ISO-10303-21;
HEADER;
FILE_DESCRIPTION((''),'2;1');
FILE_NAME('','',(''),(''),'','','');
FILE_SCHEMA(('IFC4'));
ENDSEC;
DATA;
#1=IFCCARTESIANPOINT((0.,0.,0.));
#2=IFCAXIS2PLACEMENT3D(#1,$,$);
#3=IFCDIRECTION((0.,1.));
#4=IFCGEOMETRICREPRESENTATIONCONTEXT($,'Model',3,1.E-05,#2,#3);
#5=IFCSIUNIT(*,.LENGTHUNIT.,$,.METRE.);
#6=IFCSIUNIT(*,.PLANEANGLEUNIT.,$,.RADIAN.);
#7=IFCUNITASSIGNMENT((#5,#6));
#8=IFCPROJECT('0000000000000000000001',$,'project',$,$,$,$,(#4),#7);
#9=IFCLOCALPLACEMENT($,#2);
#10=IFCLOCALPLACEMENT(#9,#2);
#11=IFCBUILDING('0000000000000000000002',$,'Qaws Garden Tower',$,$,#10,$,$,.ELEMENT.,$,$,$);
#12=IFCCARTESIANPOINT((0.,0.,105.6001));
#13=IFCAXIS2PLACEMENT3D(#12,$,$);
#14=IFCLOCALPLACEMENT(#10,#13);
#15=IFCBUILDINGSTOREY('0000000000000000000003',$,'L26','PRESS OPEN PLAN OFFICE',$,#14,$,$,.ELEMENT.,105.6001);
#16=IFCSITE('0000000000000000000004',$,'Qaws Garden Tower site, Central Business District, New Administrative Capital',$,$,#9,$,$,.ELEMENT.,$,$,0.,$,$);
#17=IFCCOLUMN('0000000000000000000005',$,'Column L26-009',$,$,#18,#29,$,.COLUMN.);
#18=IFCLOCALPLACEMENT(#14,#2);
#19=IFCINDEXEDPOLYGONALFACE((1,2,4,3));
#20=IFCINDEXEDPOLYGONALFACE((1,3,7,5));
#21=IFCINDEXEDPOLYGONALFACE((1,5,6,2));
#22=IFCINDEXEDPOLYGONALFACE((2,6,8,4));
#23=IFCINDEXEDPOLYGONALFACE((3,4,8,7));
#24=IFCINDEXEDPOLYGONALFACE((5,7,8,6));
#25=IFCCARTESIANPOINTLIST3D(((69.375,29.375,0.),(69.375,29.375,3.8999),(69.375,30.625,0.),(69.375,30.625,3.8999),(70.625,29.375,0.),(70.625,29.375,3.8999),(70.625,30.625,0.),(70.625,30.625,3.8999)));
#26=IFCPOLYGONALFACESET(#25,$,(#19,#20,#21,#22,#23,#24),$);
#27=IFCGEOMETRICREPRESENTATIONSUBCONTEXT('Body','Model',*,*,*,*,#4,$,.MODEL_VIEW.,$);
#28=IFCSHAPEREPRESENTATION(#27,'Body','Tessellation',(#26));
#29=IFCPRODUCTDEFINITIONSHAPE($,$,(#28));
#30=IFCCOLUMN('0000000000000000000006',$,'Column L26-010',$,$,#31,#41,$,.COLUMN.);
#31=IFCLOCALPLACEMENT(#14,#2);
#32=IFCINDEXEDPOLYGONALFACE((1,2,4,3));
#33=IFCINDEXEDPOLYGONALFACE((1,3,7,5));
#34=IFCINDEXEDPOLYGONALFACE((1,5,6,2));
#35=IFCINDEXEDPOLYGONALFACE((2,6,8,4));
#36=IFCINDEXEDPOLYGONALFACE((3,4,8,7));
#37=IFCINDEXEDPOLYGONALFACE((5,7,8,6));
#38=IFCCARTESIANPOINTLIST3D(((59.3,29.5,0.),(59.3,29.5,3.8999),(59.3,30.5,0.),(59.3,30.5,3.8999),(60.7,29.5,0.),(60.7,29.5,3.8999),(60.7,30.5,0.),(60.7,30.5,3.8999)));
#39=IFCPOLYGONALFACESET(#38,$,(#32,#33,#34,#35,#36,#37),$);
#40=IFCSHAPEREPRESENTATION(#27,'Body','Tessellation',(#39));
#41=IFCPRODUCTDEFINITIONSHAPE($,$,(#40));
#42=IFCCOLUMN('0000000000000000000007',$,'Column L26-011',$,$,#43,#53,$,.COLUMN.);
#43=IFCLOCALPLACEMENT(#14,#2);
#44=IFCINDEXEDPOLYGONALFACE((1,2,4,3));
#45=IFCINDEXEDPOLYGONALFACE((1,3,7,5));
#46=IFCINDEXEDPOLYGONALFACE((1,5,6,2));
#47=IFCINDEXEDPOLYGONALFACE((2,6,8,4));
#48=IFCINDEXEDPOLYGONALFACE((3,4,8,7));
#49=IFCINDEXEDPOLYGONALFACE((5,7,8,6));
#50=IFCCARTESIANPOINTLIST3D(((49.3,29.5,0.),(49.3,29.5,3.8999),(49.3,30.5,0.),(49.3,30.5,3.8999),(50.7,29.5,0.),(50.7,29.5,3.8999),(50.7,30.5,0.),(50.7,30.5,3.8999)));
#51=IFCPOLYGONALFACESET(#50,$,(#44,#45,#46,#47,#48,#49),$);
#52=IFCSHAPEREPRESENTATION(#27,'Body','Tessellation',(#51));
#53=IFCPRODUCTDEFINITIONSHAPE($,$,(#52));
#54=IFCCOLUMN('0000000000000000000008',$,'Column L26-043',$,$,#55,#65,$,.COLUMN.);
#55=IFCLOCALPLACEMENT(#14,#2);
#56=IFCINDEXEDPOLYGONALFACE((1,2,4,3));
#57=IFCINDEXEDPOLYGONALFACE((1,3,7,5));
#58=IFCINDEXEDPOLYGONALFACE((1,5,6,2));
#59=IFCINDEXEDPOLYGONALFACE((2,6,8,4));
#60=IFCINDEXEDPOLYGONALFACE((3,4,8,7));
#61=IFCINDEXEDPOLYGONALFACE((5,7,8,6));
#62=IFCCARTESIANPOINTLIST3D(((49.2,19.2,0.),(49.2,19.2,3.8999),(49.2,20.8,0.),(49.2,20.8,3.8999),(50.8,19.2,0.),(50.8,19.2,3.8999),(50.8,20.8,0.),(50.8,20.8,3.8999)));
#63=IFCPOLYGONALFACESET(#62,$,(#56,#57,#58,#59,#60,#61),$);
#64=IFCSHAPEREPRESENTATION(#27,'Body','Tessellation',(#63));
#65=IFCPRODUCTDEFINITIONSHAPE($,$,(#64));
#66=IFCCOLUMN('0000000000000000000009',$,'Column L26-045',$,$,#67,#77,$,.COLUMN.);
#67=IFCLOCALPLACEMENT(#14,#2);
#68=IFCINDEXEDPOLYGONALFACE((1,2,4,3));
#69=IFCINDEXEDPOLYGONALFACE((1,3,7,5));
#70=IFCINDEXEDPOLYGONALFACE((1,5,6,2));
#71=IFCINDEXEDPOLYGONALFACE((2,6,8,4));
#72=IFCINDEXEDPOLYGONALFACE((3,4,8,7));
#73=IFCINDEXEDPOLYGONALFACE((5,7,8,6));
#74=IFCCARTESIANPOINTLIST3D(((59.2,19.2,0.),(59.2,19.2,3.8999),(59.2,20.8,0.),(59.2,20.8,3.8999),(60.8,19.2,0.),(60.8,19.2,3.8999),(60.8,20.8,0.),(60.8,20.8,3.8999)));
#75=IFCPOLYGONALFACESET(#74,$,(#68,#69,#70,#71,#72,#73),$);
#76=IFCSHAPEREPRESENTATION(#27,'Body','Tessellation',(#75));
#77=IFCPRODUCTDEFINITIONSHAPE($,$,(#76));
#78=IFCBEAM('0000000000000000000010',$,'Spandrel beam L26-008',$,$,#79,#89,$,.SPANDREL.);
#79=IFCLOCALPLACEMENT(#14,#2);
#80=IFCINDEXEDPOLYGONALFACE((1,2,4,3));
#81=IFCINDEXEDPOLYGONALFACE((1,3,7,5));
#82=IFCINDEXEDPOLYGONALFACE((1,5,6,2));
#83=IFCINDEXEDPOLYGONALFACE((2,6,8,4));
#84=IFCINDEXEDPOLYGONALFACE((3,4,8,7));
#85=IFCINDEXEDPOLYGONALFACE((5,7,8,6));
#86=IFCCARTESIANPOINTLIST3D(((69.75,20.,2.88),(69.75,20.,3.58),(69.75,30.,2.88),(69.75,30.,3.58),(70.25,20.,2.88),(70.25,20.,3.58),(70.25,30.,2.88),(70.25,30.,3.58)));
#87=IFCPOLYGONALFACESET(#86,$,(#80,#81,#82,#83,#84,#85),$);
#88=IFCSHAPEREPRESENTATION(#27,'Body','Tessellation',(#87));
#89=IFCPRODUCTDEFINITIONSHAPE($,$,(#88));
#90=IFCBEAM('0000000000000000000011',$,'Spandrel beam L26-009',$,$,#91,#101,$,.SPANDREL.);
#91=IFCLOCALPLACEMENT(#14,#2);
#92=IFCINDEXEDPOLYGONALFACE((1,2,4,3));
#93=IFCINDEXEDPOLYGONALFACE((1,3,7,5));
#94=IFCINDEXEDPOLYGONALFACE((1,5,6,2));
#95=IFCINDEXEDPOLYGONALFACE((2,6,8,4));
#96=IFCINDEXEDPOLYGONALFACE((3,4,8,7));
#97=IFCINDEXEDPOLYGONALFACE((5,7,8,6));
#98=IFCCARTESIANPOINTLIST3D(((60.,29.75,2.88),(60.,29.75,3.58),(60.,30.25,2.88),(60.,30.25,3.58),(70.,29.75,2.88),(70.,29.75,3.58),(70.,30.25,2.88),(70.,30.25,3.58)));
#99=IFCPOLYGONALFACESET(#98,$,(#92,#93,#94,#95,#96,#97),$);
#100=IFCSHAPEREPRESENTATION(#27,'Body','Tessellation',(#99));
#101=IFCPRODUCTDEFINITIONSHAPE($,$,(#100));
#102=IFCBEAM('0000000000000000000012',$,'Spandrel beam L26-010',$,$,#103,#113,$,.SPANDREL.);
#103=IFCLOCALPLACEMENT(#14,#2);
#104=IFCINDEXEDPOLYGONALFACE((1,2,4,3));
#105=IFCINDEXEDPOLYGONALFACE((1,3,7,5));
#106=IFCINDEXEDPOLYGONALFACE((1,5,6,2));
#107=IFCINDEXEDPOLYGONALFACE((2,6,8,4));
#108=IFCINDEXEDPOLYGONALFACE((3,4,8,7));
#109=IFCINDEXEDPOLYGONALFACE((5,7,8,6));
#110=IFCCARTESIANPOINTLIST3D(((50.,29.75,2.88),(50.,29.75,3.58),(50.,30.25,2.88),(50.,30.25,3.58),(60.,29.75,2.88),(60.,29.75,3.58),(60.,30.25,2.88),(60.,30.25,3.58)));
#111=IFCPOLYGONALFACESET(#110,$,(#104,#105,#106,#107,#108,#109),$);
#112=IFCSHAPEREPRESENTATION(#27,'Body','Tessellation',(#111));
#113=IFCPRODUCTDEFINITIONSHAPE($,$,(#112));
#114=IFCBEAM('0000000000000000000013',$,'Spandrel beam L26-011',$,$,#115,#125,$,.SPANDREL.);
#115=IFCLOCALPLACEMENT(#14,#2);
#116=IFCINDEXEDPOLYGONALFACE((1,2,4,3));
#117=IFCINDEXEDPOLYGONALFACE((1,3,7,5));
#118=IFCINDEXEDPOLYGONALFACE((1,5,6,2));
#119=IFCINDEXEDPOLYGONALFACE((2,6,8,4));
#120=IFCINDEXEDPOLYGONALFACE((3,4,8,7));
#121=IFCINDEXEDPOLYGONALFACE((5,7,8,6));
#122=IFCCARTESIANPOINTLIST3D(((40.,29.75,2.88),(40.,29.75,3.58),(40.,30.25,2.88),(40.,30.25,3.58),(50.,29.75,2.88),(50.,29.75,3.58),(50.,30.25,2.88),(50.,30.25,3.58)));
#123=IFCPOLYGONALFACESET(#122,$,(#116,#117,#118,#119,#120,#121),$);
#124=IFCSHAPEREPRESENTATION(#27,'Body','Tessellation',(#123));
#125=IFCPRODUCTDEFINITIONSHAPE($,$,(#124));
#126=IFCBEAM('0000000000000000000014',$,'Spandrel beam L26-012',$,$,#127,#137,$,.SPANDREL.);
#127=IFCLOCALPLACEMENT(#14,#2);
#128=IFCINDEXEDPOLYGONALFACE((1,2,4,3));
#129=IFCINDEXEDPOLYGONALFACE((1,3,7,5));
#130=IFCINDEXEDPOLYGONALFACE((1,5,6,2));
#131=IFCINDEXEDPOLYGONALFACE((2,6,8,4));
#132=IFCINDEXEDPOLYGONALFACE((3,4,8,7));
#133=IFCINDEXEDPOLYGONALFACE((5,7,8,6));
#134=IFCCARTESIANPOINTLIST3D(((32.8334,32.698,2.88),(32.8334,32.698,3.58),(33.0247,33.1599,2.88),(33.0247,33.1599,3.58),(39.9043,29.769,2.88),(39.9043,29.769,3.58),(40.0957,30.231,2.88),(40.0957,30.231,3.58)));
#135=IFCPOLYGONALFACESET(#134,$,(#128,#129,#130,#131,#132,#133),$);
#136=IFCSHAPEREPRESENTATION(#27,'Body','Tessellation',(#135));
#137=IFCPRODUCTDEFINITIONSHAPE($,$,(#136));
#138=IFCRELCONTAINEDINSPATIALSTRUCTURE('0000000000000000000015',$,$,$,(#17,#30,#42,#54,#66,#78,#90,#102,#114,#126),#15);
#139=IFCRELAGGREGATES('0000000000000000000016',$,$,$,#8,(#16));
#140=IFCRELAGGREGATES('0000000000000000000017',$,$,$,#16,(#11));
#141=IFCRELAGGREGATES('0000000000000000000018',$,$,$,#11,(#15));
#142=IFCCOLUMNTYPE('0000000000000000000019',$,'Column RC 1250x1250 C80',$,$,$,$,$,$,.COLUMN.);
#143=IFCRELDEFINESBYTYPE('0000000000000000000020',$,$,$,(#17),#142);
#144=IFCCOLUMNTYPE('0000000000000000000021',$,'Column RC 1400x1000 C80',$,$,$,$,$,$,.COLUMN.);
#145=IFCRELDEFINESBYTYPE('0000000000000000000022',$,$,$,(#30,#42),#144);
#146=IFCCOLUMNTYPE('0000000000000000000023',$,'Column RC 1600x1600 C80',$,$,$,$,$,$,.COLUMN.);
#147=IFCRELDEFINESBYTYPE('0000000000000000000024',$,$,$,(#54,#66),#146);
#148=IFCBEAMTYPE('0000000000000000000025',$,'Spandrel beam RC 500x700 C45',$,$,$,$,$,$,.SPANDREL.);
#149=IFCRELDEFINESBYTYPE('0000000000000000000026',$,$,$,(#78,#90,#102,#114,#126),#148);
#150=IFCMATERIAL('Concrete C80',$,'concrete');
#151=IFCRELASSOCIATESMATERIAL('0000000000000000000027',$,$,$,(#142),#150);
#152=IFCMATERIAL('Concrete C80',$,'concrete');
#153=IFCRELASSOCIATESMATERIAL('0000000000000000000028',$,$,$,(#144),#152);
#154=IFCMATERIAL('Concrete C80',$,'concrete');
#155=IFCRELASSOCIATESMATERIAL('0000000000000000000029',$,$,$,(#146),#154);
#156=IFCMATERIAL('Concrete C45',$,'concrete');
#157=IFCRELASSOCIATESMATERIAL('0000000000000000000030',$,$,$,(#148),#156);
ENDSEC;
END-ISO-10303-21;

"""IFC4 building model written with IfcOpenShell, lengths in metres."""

from ifc_helpers import new_model, si_unit, direction, frame, origin, origin_2d, place, context, subcontext, project, spatial, rectangle, extrude, material, material_profile, profile_set, type_object, element, save


model = new_model("IFC4")

# Units and contexts
model_context = context("Model", 3, precision=1e-05, world=origin(), true_north=direction((0.0, 1.0)))
body_context = subcontext(model_context, "Body", "Model", "MODEL_VIEW")
ifc_project = project(units=[si_unit("LENGTHUNIT", "METRE"), si_unit("PLANEANGLEUNIT", "RADIAN")], contexts=[model_context])

# Site, building, storey
site_placement = place(None, origin())
site = spatial("IfcSite", under=ifc_project, at=site_placement, Name="Qaws Garden Tower site, Central Business District, New Administrative Capital", CompositionType="ELEMENT", RefElevation=0.0)
building_placement = place(site_placement, origin())
building = spatial("IfcBuilding", under=site, at=building_placement, Name="Qaws Garden Tower", CompositionType="ELEMENT")
storey_placement = place(building_placement, frame((0.0, 0.0, 105.6001)))
storey = spatial("IfcBuildingStorey", under=building, at=storey_placement, Name="L26", Description="PRESS OPEN PLAN OFFICE", CompositionType="ELEMENT", Elevation=105.6001)

# Columns
ifc_material_1 = material(Name="Concrete C80", Category="concrete")
ifc_material_profile_1 = material_profile(ifc_material_1, rectangle(XDim=1.25, YDim=1.25, at=origin_2d()), Name="RC 1250x1250")
ifc_profile_set_1 = profile_set([ifc_material_profile_1], Name="Concrete C80")
column_type_1 = type_object("IfcColumnType", Name="Column RC 1250x1250 C80", PredefinedType="COLUMN", material=ifc_profile_set_1)
column_placement = place(storey_placement, frame((70.0, 30.0, 0.0), z_axis=(0.0, 0.0, 1.0), x_axis=(1.0, 0.0, 0.0)))
element("IfcColumn", 1, at=column_placement, inside=storey, type_object=column_type_1, Name="Column L26-009", PredefinedType="COLUMN", context=body_context, shape_type="SweptSolid", body=[
    extrude(rectangle(XDim=1.25, YDim=1.25, at=origin_2d()), origin(), (0.0, 0.0, 1.0), 3.8999),
])
ifc_material_2 = material(Name="Concrete C80", Category="concrete")
ifc_material_profile_2 = material_profile(ifc_material_2, rectangle(XDim=1.3999, YDim=1.0, at=origin_2d()), Name="RC 1400x1000")
ifc_profile_set_2 = profile_set([ifc_material_profile_2], Name="Concrete C80")
column_type_2 = type_object("IfcColumnType", Name="Column RC 1400x1000 C80", PredefinedType="COLUMN", material=ifc_profile_set_2)
for number, where, z_axis, x_axis, name in (
    (2, (60.0, 30.0, 0.0), (0.0, 0.0, 1.0), (1.0, 0.0, 0.0), "Column L26-010"),
    (3, (50.0, 30.0, 0.0), (0.0, 0.0, 1.0), (1.0, 0.0, 0.0), "Column L26-011"),
):
    element("IfcColumn", number, at=place(storey_placement, frame(where, z_axis=z_axis, x_axis=x_axis)), inside=storey, type_object=column_type_2, Name=name, PredefinedType="COLUMN", context=body_context, shape_type="SweptSolid", body=[
        extrude(rectangle(XDim=1.3999, YDim=1.0, at=origin_2d()), origin(), (0.0, 0.0, 1.0), 3.8999),
    ])
ifc_material_3 = material(Name="Concrete C80", Category="concrete")
ifc_material_profile_3 = material_profile(ifc_material_3, rectangle(XDim=1.6001, YDim=1.6001, at=origin_2d()), Name="RC 1600x1600")
ifc_profile_set_3 = profile_set([ifc_material_profile_3], Name="Concrete C80")
column_type_3 = type_object("IfcColumnType", Name="Column RC 1600x1600 C80", PredefinedType="COLUMN", material=ifc_profile_set_3)
for number, where, z_axis, x_axis, name in (
    (4, (50.0, 20.0, 0.0), (0.0, 0.0, 1.0), (1.0, 0.0, 0.0), "Column L26-043"),
    (5, (60.0, 20.0, 0.0), (0.0, 0.0, 1.0), (1.0, 0.0, 0.0), "Column L26-045"),
):
    element("IfcColumn", number, at=place(storey_placement, frame(where, z_axis=z_axis, x_axis=x_axis)), inside=storey, type_object=column_type_3, Name=name, PredefinedType="COLUMN", context=body_context, shape_type="SweptSolid", body=[
        extrude(rectangle(XDim=1.6001, YDim=1.6001, at=origin_2d()), origin(), (0.0, 0.0, 1.0), 3.8999),
    ])

# Beams
ifc_material_4 = material(Name="Concrete C45", Category="concrete")
ifc_material_profile_4 = material_profile(ifc_material_4, rectangle(XDim=0.5, YDim=0.7, at=origin_2d()), Name="RC 500x700")
ifc_profile_set_4 = profile_set([ifc_material_profile_4], Name="Concrete C45")
beam_type = type_object("IfcBeamType", Name="Spandrel beam RC 500x700 C45", PredefinedType="SPANDREL", material=ifc_profile_set_4)
for number, where, z_axis, x_axis, name in (
    (6, (70.0, 20.0, 3.23), (0.0, 1.0, 0.0), (-1.0, 0.0, 0.0), "Spandrel beam L26-008"),
    (7, (70.0, 30.0, 3.23), (-1.0, 0.0, 0.0), (0.0, -1.0, 0.0), "Spandrel beam L26-009"),
    (8, (60.0, 30.0, 3.23), (-1.0, 0.0, 0.0), (0.0, -1.0, 0.0), "Spandrel beam L26-010"),
    (9, (50.0, 30.0, 3.23), (-1.0, 0.0, 0.0), (0.0, -1.0, 0.0), "Spandrel beam L26-011"),
):
    element("IfcBeam", number, at=place(storey_placement, frame(where, z_axis=z_axis, x_axis=x_axis)), inside=storey, type_object=beam_type, Name=name, PredefinedType="SPANDREL", context=body_context, shape_type="SweptSolid", body=[
        extrude(rectangle(XDim=0.5, YDim=0.7, at=origin_2d()), origin(), (0.0, 0.0, 1.0), 10.0),
    ])
beam_placement = place(storey_placement, frame((40.0, 30.0, 3.23), z_axis=(-0.923878, 0.382687, 0.0), x_axis=(-0.382687, -0.923878, 0.0)))
element("IfcBeam", 10, at=beam_placement, inside=storey, type_object=beam_type, Name="Spandrel beam L26-012", PredefinedType="SPANDREL", context=body_context, shape_type="SweptSolid", body=[
    extrude(rectangle(XDim=0.5, YDim=0.7, at=origin_2d()), origin(), (0.0, 0.0, 1.0), 7.6536),
])

save(model, "model.ifc")
